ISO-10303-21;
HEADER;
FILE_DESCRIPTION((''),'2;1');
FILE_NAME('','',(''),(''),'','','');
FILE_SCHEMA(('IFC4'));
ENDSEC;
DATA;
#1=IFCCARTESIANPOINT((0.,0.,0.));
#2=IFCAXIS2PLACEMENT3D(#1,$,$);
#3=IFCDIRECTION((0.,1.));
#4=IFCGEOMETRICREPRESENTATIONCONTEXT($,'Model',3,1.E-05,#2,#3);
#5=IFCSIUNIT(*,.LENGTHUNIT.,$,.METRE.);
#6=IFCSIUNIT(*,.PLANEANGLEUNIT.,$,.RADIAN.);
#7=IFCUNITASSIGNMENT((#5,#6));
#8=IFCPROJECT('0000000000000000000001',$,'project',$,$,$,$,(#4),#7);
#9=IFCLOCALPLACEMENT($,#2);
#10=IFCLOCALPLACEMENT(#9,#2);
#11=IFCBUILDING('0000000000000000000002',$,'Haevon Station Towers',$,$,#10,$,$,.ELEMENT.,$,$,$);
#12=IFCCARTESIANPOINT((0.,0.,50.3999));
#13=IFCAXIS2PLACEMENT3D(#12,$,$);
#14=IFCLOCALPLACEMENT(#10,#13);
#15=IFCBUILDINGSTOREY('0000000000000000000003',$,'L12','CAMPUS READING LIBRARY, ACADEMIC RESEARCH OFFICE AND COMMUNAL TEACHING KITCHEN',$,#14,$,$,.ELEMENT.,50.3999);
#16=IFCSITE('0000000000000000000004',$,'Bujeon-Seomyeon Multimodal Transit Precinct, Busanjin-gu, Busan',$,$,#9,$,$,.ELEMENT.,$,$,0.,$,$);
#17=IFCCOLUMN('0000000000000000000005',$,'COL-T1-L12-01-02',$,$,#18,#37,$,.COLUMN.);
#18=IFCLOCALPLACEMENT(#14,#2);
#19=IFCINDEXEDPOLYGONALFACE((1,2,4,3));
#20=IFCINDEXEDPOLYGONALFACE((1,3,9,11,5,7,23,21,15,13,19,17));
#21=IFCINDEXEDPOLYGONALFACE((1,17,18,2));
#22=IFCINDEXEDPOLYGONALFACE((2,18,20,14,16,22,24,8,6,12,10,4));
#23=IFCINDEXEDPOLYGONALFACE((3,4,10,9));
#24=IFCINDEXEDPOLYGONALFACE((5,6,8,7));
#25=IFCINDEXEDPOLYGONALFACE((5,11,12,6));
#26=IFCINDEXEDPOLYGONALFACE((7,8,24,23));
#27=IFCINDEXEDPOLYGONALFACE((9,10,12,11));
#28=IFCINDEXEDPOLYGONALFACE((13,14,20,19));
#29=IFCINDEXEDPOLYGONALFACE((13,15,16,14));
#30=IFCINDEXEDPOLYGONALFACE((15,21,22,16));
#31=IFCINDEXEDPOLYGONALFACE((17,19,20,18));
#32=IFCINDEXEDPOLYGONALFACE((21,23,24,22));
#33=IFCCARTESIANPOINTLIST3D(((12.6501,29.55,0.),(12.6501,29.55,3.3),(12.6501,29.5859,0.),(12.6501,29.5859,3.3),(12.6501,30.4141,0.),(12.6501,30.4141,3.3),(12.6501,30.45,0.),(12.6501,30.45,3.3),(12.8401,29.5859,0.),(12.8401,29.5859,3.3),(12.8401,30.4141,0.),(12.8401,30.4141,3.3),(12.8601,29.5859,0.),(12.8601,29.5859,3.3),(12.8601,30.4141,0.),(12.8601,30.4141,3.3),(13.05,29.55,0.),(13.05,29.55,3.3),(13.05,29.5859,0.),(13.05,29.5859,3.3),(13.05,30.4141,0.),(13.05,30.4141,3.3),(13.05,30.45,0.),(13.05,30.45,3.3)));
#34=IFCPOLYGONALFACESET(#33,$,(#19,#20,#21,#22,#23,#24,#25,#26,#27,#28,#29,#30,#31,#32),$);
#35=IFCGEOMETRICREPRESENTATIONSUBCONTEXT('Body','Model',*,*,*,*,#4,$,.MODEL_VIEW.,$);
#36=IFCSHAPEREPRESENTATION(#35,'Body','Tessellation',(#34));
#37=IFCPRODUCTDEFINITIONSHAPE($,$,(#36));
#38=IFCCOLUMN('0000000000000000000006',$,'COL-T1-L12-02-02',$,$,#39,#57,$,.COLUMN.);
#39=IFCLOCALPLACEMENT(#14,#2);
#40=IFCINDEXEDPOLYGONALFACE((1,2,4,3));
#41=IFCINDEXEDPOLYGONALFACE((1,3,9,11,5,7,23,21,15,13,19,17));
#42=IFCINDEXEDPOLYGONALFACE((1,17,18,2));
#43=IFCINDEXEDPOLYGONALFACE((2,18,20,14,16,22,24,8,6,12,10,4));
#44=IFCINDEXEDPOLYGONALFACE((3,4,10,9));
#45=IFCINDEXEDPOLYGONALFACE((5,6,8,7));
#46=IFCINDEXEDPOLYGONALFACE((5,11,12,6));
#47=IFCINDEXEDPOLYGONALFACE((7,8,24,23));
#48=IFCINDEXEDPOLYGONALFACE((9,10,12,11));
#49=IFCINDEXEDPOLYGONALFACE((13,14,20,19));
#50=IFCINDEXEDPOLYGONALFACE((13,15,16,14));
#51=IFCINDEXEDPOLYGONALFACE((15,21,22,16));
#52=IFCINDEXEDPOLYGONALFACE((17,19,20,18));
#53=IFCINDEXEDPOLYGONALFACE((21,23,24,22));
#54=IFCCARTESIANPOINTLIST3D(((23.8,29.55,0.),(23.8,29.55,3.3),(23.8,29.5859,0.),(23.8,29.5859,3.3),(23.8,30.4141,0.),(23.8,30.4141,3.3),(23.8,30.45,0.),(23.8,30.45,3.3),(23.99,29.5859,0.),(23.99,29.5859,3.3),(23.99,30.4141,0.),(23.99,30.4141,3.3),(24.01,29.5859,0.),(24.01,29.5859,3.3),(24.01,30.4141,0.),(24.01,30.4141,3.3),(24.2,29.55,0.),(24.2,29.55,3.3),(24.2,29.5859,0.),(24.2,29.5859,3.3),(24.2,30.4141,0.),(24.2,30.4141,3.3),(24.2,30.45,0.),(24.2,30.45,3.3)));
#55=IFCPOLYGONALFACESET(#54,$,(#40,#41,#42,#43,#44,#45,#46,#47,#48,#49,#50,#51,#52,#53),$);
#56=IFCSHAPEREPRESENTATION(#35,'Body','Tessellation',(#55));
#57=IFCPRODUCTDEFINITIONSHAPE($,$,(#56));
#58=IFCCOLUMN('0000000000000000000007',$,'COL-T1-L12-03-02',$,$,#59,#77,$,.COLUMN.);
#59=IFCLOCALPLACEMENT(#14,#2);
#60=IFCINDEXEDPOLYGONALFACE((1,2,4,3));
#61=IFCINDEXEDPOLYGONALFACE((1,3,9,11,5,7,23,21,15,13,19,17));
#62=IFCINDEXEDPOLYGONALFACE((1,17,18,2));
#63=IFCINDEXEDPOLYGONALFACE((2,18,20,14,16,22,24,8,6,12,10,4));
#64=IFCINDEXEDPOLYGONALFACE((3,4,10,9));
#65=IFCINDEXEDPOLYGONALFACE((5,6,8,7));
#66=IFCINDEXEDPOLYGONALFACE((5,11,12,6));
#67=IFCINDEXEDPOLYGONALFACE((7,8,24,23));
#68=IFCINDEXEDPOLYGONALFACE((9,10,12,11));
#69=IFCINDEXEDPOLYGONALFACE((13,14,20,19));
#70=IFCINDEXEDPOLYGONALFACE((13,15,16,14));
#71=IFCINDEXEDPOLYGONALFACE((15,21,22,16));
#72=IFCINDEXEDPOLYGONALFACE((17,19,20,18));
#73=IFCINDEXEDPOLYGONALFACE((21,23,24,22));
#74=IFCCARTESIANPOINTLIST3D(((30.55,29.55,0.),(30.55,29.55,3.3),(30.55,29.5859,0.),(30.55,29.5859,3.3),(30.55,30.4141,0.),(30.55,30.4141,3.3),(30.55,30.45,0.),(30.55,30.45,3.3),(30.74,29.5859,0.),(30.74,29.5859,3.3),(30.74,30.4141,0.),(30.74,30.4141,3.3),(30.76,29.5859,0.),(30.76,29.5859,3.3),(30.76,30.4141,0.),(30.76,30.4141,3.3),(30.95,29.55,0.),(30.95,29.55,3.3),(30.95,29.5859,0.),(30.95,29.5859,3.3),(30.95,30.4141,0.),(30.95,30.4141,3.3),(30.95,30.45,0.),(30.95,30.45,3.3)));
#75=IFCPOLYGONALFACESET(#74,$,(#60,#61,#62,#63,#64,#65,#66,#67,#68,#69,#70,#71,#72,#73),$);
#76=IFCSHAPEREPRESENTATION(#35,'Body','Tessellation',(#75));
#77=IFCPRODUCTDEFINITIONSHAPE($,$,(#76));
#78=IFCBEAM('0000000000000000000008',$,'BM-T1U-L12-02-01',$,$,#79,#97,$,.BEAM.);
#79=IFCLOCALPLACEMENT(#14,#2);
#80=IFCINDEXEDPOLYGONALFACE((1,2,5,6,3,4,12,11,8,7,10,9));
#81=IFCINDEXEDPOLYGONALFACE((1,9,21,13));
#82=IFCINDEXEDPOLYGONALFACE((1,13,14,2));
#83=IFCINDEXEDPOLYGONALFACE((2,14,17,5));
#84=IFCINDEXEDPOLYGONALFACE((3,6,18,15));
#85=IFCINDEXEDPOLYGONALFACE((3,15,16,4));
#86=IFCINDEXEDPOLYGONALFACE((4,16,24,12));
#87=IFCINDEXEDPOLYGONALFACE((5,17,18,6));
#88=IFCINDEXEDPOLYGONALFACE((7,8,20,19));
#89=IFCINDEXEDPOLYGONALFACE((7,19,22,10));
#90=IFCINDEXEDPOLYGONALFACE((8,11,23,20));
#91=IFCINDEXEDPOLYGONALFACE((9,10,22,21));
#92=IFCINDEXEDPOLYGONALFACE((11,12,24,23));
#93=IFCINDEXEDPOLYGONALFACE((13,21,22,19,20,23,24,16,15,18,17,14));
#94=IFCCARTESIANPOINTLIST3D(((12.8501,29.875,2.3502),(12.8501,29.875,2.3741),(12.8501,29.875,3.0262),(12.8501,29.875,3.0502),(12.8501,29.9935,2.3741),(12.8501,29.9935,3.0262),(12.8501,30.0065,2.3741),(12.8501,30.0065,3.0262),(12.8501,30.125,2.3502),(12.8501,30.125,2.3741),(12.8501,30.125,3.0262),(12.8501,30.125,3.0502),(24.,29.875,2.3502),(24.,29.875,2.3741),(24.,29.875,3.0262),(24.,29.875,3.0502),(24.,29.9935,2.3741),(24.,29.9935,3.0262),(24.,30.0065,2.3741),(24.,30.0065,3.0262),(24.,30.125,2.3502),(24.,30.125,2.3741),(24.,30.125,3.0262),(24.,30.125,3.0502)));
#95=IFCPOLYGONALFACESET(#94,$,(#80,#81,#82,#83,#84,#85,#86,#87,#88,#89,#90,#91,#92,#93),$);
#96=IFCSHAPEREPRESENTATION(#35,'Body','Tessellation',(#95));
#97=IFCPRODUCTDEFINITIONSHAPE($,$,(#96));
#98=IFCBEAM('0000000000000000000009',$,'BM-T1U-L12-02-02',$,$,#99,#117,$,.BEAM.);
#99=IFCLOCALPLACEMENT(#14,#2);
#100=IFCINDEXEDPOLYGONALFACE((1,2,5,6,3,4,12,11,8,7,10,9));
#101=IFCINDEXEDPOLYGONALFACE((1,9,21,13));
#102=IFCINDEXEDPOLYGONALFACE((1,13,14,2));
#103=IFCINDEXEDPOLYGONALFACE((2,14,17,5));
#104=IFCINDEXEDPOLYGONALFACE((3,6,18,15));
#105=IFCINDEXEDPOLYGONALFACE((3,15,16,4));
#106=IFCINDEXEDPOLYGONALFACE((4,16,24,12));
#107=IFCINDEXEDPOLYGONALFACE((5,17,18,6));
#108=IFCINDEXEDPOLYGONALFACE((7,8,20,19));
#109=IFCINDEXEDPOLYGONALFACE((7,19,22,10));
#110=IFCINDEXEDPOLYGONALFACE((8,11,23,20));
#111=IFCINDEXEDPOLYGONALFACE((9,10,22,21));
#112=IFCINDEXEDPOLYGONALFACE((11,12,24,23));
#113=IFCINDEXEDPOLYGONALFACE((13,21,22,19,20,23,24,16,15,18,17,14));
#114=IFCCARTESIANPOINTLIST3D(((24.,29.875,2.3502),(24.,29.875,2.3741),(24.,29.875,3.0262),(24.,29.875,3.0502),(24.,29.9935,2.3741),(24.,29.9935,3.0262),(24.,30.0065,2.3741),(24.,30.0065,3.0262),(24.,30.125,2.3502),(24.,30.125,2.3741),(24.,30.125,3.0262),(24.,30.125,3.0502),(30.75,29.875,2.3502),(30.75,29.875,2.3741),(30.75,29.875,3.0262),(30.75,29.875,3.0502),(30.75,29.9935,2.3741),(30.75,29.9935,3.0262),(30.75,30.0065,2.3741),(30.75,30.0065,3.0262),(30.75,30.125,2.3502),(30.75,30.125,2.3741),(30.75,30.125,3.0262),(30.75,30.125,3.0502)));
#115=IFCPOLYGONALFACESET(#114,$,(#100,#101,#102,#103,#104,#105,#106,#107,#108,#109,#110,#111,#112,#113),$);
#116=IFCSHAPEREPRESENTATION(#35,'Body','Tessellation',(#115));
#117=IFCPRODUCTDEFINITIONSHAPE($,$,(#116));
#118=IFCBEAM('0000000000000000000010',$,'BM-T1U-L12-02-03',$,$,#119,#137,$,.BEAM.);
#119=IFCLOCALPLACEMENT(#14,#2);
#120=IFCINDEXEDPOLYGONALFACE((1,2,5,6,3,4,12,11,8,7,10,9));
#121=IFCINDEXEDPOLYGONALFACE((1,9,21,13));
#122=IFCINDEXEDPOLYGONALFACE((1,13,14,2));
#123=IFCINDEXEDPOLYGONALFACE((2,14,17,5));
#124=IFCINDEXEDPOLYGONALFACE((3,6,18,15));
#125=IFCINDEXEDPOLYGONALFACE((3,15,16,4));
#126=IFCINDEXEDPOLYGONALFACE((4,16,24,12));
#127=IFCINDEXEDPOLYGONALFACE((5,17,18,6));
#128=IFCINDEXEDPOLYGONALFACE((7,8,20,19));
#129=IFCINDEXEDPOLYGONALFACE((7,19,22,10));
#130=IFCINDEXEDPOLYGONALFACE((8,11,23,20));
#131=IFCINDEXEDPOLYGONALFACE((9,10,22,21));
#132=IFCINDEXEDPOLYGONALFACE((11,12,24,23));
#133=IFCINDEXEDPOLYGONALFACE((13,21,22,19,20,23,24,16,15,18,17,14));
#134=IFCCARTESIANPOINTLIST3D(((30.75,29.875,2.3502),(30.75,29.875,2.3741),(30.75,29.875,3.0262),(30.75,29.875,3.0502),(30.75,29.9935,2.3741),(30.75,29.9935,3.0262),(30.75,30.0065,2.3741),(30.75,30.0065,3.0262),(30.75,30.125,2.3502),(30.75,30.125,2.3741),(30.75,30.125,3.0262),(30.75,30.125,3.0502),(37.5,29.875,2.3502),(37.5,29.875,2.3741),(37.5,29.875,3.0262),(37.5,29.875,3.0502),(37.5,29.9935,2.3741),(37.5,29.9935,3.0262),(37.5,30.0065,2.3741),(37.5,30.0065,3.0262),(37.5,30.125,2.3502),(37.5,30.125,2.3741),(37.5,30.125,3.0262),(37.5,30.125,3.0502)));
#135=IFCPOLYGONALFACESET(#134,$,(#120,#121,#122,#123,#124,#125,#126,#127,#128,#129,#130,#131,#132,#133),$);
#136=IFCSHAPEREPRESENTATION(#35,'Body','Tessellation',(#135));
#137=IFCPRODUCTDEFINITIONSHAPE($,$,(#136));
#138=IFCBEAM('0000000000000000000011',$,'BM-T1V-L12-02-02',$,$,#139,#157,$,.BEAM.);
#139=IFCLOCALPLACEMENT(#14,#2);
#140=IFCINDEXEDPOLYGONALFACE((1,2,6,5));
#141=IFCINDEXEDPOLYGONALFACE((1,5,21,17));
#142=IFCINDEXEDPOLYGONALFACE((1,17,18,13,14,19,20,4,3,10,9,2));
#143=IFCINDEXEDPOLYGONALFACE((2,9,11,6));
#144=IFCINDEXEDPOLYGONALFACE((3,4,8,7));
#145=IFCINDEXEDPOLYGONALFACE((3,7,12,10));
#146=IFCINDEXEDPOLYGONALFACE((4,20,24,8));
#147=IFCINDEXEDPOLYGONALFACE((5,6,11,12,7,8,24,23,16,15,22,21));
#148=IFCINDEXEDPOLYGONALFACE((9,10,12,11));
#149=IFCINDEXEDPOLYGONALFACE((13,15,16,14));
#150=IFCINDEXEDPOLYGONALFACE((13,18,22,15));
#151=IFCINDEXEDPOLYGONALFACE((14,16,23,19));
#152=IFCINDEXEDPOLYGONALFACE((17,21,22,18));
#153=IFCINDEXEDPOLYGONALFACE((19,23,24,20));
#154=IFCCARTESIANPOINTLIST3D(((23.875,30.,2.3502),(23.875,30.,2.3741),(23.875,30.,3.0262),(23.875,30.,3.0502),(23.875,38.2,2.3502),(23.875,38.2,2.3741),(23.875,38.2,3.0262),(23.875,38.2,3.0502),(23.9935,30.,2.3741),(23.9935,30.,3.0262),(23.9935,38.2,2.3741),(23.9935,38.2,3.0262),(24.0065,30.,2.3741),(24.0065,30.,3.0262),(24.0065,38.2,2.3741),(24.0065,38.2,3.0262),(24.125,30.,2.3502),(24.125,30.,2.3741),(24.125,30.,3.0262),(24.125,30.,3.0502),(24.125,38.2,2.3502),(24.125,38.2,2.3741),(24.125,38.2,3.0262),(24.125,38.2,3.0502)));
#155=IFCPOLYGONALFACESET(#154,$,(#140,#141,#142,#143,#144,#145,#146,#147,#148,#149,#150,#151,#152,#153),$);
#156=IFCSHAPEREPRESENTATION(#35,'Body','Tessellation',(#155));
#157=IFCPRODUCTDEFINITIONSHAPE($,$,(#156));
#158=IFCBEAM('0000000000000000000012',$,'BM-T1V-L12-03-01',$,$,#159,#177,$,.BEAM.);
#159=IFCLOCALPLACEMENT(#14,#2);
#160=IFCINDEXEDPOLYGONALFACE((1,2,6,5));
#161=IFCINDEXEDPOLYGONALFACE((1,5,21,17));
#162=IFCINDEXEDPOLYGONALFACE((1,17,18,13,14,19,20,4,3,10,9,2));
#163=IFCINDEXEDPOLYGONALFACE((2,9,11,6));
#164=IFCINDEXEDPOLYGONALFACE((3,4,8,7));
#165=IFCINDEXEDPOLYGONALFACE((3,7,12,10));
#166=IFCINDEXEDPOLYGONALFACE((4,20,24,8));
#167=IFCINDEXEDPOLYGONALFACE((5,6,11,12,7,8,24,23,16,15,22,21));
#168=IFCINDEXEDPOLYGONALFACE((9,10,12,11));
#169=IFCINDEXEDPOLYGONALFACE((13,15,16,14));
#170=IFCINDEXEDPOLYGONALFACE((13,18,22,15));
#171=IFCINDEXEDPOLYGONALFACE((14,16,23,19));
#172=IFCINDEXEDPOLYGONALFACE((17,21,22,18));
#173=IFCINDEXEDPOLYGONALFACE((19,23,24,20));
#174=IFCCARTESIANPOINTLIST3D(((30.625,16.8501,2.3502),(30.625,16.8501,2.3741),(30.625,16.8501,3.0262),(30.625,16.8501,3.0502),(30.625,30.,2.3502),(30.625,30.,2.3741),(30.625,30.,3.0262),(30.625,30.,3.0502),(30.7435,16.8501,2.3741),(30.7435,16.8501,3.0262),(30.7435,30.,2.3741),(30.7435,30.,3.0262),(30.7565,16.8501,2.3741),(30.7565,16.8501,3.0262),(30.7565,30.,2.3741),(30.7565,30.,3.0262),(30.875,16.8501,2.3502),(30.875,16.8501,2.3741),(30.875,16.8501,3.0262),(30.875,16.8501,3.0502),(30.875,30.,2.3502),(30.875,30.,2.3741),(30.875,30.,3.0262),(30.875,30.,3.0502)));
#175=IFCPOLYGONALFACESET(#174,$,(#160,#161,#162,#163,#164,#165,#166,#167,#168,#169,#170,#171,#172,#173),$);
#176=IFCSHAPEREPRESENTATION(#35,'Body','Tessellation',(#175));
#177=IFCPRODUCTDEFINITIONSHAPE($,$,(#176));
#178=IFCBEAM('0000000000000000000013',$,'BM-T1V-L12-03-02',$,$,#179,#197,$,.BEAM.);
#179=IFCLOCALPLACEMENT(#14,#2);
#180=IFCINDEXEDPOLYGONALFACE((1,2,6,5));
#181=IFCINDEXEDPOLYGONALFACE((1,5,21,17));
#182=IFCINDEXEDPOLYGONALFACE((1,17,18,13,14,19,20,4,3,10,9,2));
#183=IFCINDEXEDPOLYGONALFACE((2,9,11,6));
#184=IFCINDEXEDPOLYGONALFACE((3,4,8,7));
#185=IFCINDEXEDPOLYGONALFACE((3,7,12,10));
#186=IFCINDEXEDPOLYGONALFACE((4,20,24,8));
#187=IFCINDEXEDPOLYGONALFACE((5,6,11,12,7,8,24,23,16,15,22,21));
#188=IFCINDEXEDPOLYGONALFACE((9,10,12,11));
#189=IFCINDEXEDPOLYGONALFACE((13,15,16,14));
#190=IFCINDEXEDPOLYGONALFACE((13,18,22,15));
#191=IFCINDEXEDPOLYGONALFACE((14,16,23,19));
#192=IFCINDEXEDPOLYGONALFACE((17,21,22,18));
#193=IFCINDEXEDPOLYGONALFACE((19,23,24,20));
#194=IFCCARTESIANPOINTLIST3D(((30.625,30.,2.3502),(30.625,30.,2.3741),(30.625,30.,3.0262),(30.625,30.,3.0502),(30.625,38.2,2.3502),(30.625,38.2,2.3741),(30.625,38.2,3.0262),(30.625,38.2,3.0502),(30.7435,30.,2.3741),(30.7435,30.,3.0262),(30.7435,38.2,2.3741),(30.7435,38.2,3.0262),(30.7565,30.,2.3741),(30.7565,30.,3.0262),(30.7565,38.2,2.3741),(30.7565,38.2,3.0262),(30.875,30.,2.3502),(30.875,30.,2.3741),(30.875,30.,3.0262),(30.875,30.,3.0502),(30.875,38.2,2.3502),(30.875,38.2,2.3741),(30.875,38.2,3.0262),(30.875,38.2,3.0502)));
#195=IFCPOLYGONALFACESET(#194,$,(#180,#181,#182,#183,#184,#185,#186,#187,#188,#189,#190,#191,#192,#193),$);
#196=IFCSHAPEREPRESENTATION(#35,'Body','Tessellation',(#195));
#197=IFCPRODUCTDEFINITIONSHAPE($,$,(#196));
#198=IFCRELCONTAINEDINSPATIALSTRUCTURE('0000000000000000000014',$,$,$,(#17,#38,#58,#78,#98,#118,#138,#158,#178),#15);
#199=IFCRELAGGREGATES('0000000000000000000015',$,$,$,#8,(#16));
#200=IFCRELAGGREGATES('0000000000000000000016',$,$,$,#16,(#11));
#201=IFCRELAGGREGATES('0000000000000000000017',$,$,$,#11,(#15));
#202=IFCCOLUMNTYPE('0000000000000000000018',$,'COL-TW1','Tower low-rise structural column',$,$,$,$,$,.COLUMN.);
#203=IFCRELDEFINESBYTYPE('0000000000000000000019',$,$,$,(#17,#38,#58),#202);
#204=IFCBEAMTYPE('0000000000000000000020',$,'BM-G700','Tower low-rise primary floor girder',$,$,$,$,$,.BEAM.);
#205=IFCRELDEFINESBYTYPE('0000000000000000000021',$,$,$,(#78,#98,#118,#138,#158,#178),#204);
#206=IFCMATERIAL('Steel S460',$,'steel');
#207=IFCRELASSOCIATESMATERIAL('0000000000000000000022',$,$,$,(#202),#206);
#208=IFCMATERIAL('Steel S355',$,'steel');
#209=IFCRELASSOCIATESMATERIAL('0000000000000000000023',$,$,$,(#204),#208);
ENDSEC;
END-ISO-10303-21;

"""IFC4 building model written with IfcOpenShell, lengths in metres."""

from ifc_helpers import new_model, si_unit, direction, frame, origin, origin_2d, place, context, subcontext, project, spatial, i_section, extrude, material, material_profile, profile_set, type_object, element, save


model = new_model("IFC4")

# Units and contexts
model_context = context("Model", 3, precision=1e-05, world=origin(), true_north=direction((0.0, 1.0)))
body_context = subcontext(model_context, "Body", "Model", "MODEL_VIEW")
ifc_project = project(units=[si_unit("LENGTHUNIT", "METRE"), si_unit("PLANEANGLEUNIT", "RADIAN")], contexts=[model_context])

# Site, building, storey
site_placement = place(None, origin())
site = spatial("IfcSite", under=ifc_project, at=site_placement, Name="Bujeon-Seomyeon Multimodal Transit Precinct, Busanjin-gu, Busan", CompositionType="ELEMENT", RefElevation=0.0)
building_placement = place(site_placement, origin())
building = spatial("IfcBuilding", under=site, at=building_placement, Name="Haevon Station Towers", CompositionType="ELEMENT")
storey_placement = place(building_placement, frame((0.0, 0.0, 50.3999)))
storey = spatial("IfcBuildingStorey", under=building, at=storey_placement, Name="L12", Description="CAMPUS READING LIBRARY, ACADEMIC RESEARCH OFFICE AND COMMUNAL TEACHING KITCHEN", CompositionType="ELEMENT", Elevation=50.3999)

# Columns
ifc_material_1 = material(Name="Steel S460", Category="steel")
ifc_material_profile_1 = material_profile(ifc_material_1, i_section(OverallWidth=0.3999, OverallDepth=0.8999, WebThickness=0.02, FlangeThickness=0.0359, at=origin_2d()), Name="H-900x400x20x36")
ifc_profile_set_1 = profile_set([ifc_material_profile_1], Name="Steel S460")
column_type = type_object("IfcColumnType", Name="COL-TW1", Description="Tower low-rise structural column", PredefinedType="COLUMN", material=ifc_profile_set_1)
for number, where, z_axis, x_axis, name in (
    (1, (12.8501, 30.0, 0.0), (0.0, 0.0, 1.0), (1.0, 0.0, 0.0), "COL-T1-L12-01-02"),
    (2, (24.0, 30.0, 0.0), (0.0, 0.0, 1.0), (1.0, 0.0, 0.0), "COL-T1-L12-02-02"),
    (3, (30.75, 30.0, 0.0), (0.0, 0.0, 1.0), (1.0, 0.0, 0.0), "COL-T1-L12-03-02"),
):
    element("IfcColumn", number, at=place(storey_placement, frame(where, z_axis=z_axis, x_axis=x_axis)), inside=storey, type_object=column_type, Name=name, PredefinedType="COLUMN", context=body_context, shape_type="SweptSolid", body=[
        extrude(i_section(OverallWidth=0.3999, OverallDepth=0.8999, WebThickness=0.02, FlangeThickness=0.0359, at=origin_2d()), origin(), (0.0, 0.0, 1.0), 3.3),
    ])

# Beams
ifc_material_2 = material(Name="Steel S355", Category="steel")
ifc_material_profile_2 = material_profile(ifc_material_2, i_section(OverallWidth=0.25, OverallDepth=0.7, WebThickness=0.0129, FlangeThickness=0.0239, at=origin_2d()), Name="H-700x250x13x24")
ifc_profile_set_2 = profile_set([ifc_material_profile_2], Name="Steel S355")
beam_type_1 = type_object("IfcBeamType", Name="BM-G700", Description="Tower low-rise primary floor girder", PredefinedType="BEAM", material=ifc_profile_set_2)
beam_1_placement = place(storey_placement, frame((12.8501, 30.0, 2.7002), z_axis=(1.0, 0.0, 0.0), x_axis=(0.0, 1.0, 0.0)))
element("IfcBeam", 4, at=beam_1_placement, inside=storey, type_object=beam_type_1, Name="BM-T1U-L12-02-01", PredefinedType="BEAM", context=body_context, shape_type="SweptSolid", body=[
    extrude(i_section(OverallWidth=0.25, OverallDepth=0.7, WebThickness=0.0129, FlangeThickness=0.0239, at=origin_2d()), origin(), (0.0, 0.0, 1.0), 11.1499),
])
for number, where, z_axis, x_axis, name in (
    (5, (24.0, 30.0, 2.7002), (1.0, 0.0, 0.0), (0.0, 1.0, 0.0), "BM-T1U-L12-02-02"),
    (6, (30.75, 30.0, 2.7002), (1.0, 0.0, 0.0), (0.0, 1.0, 0.0), "BM-T1U-L12-02-03"),
):
    element("IfcBeam", number, at=place(storey_placement, frame(where, z_axis=z_axis, x_axis=x_axis)), inside=storey, type_object=beam_type_1, Name=name, PredefinedType="BEAM", context=body_context, shape_type="SweptSolid", body=[
        extrude(i_section(OverallWidth=0.25, OverallDepth=0.7, WebThickness=0.0129, FlangeThickness=0.0239, at=origin_2d()), origin(), (0.0, 0.0, 1.0), 6.75),
    ])
beam_2_placement = place(storey_placement, frame((24.0, 30.0, 2.7002), z_axis=(0.0, 1.0, 0.0), x_axis=(-1.0, 0.0, 0.0)))
element("IfcBeam", 7, at=beam_2_placement, inside=storey, type_object=beam_type_1, Name="BM-T1V-L12-02-02", PredefinedType="BEAM", context=body_context, shape_type="SweptSolid", body=[
    extrude(i_section(OverallWidth=0.25, OverallDepth=0.7, WebThickness=0.0129, FlangeThickness=0.0239, at=origin_2d()), origin(), (0.0, 0.0, 1.0), 8.2),
])
beam_3_placement = place(storey_placement, frame((30.75, 16.8501, 2.7002), z_axis=(0.0, 1.0, 0.0), x_axis=(-1.0, 0.0, 0.0)))
element("IfcBeam", 8, at=beam_3_placement, inside=storey, type_object=beam_type_1, Name="BM-T1V-L12-03-01", PredefinedType="BEAM", context=body_context, shape_type="SweptSolid", body=[
    extrude(i_section(OverallWidth=0.25, OverallDepth=0.7, WebThickness=0.0129, FlangeThickness=0.0239, at=origin_2d()), origin(), (0.0, 0.0, 1.0), 13.1499),
])
beam_4_placement = place(storey_placement, frame((30.75, 30.0, 2.7002), z_axis=(0.0, 1.0, 0.0), x_axis=(-1.0, 0.0, 0.0)))
element("IfcBeam", 9, at=beam_4_placement, inside=storey, type_object=beam_type_1, Name="BM-T1V-L12-03-02", PredefinedType="BEAM", context=body_context, shape_type="SweptSolid", body=[
    extrude(i_section(OverallWidth=0.25, OverallDepth=0.7, WebThickness=0.0129, FlangeThickness=0.0239, at=origin_2d()), origin(), (0.0, 0.0, 1.0), 8.2),
])

save(model, "model.ifc")
